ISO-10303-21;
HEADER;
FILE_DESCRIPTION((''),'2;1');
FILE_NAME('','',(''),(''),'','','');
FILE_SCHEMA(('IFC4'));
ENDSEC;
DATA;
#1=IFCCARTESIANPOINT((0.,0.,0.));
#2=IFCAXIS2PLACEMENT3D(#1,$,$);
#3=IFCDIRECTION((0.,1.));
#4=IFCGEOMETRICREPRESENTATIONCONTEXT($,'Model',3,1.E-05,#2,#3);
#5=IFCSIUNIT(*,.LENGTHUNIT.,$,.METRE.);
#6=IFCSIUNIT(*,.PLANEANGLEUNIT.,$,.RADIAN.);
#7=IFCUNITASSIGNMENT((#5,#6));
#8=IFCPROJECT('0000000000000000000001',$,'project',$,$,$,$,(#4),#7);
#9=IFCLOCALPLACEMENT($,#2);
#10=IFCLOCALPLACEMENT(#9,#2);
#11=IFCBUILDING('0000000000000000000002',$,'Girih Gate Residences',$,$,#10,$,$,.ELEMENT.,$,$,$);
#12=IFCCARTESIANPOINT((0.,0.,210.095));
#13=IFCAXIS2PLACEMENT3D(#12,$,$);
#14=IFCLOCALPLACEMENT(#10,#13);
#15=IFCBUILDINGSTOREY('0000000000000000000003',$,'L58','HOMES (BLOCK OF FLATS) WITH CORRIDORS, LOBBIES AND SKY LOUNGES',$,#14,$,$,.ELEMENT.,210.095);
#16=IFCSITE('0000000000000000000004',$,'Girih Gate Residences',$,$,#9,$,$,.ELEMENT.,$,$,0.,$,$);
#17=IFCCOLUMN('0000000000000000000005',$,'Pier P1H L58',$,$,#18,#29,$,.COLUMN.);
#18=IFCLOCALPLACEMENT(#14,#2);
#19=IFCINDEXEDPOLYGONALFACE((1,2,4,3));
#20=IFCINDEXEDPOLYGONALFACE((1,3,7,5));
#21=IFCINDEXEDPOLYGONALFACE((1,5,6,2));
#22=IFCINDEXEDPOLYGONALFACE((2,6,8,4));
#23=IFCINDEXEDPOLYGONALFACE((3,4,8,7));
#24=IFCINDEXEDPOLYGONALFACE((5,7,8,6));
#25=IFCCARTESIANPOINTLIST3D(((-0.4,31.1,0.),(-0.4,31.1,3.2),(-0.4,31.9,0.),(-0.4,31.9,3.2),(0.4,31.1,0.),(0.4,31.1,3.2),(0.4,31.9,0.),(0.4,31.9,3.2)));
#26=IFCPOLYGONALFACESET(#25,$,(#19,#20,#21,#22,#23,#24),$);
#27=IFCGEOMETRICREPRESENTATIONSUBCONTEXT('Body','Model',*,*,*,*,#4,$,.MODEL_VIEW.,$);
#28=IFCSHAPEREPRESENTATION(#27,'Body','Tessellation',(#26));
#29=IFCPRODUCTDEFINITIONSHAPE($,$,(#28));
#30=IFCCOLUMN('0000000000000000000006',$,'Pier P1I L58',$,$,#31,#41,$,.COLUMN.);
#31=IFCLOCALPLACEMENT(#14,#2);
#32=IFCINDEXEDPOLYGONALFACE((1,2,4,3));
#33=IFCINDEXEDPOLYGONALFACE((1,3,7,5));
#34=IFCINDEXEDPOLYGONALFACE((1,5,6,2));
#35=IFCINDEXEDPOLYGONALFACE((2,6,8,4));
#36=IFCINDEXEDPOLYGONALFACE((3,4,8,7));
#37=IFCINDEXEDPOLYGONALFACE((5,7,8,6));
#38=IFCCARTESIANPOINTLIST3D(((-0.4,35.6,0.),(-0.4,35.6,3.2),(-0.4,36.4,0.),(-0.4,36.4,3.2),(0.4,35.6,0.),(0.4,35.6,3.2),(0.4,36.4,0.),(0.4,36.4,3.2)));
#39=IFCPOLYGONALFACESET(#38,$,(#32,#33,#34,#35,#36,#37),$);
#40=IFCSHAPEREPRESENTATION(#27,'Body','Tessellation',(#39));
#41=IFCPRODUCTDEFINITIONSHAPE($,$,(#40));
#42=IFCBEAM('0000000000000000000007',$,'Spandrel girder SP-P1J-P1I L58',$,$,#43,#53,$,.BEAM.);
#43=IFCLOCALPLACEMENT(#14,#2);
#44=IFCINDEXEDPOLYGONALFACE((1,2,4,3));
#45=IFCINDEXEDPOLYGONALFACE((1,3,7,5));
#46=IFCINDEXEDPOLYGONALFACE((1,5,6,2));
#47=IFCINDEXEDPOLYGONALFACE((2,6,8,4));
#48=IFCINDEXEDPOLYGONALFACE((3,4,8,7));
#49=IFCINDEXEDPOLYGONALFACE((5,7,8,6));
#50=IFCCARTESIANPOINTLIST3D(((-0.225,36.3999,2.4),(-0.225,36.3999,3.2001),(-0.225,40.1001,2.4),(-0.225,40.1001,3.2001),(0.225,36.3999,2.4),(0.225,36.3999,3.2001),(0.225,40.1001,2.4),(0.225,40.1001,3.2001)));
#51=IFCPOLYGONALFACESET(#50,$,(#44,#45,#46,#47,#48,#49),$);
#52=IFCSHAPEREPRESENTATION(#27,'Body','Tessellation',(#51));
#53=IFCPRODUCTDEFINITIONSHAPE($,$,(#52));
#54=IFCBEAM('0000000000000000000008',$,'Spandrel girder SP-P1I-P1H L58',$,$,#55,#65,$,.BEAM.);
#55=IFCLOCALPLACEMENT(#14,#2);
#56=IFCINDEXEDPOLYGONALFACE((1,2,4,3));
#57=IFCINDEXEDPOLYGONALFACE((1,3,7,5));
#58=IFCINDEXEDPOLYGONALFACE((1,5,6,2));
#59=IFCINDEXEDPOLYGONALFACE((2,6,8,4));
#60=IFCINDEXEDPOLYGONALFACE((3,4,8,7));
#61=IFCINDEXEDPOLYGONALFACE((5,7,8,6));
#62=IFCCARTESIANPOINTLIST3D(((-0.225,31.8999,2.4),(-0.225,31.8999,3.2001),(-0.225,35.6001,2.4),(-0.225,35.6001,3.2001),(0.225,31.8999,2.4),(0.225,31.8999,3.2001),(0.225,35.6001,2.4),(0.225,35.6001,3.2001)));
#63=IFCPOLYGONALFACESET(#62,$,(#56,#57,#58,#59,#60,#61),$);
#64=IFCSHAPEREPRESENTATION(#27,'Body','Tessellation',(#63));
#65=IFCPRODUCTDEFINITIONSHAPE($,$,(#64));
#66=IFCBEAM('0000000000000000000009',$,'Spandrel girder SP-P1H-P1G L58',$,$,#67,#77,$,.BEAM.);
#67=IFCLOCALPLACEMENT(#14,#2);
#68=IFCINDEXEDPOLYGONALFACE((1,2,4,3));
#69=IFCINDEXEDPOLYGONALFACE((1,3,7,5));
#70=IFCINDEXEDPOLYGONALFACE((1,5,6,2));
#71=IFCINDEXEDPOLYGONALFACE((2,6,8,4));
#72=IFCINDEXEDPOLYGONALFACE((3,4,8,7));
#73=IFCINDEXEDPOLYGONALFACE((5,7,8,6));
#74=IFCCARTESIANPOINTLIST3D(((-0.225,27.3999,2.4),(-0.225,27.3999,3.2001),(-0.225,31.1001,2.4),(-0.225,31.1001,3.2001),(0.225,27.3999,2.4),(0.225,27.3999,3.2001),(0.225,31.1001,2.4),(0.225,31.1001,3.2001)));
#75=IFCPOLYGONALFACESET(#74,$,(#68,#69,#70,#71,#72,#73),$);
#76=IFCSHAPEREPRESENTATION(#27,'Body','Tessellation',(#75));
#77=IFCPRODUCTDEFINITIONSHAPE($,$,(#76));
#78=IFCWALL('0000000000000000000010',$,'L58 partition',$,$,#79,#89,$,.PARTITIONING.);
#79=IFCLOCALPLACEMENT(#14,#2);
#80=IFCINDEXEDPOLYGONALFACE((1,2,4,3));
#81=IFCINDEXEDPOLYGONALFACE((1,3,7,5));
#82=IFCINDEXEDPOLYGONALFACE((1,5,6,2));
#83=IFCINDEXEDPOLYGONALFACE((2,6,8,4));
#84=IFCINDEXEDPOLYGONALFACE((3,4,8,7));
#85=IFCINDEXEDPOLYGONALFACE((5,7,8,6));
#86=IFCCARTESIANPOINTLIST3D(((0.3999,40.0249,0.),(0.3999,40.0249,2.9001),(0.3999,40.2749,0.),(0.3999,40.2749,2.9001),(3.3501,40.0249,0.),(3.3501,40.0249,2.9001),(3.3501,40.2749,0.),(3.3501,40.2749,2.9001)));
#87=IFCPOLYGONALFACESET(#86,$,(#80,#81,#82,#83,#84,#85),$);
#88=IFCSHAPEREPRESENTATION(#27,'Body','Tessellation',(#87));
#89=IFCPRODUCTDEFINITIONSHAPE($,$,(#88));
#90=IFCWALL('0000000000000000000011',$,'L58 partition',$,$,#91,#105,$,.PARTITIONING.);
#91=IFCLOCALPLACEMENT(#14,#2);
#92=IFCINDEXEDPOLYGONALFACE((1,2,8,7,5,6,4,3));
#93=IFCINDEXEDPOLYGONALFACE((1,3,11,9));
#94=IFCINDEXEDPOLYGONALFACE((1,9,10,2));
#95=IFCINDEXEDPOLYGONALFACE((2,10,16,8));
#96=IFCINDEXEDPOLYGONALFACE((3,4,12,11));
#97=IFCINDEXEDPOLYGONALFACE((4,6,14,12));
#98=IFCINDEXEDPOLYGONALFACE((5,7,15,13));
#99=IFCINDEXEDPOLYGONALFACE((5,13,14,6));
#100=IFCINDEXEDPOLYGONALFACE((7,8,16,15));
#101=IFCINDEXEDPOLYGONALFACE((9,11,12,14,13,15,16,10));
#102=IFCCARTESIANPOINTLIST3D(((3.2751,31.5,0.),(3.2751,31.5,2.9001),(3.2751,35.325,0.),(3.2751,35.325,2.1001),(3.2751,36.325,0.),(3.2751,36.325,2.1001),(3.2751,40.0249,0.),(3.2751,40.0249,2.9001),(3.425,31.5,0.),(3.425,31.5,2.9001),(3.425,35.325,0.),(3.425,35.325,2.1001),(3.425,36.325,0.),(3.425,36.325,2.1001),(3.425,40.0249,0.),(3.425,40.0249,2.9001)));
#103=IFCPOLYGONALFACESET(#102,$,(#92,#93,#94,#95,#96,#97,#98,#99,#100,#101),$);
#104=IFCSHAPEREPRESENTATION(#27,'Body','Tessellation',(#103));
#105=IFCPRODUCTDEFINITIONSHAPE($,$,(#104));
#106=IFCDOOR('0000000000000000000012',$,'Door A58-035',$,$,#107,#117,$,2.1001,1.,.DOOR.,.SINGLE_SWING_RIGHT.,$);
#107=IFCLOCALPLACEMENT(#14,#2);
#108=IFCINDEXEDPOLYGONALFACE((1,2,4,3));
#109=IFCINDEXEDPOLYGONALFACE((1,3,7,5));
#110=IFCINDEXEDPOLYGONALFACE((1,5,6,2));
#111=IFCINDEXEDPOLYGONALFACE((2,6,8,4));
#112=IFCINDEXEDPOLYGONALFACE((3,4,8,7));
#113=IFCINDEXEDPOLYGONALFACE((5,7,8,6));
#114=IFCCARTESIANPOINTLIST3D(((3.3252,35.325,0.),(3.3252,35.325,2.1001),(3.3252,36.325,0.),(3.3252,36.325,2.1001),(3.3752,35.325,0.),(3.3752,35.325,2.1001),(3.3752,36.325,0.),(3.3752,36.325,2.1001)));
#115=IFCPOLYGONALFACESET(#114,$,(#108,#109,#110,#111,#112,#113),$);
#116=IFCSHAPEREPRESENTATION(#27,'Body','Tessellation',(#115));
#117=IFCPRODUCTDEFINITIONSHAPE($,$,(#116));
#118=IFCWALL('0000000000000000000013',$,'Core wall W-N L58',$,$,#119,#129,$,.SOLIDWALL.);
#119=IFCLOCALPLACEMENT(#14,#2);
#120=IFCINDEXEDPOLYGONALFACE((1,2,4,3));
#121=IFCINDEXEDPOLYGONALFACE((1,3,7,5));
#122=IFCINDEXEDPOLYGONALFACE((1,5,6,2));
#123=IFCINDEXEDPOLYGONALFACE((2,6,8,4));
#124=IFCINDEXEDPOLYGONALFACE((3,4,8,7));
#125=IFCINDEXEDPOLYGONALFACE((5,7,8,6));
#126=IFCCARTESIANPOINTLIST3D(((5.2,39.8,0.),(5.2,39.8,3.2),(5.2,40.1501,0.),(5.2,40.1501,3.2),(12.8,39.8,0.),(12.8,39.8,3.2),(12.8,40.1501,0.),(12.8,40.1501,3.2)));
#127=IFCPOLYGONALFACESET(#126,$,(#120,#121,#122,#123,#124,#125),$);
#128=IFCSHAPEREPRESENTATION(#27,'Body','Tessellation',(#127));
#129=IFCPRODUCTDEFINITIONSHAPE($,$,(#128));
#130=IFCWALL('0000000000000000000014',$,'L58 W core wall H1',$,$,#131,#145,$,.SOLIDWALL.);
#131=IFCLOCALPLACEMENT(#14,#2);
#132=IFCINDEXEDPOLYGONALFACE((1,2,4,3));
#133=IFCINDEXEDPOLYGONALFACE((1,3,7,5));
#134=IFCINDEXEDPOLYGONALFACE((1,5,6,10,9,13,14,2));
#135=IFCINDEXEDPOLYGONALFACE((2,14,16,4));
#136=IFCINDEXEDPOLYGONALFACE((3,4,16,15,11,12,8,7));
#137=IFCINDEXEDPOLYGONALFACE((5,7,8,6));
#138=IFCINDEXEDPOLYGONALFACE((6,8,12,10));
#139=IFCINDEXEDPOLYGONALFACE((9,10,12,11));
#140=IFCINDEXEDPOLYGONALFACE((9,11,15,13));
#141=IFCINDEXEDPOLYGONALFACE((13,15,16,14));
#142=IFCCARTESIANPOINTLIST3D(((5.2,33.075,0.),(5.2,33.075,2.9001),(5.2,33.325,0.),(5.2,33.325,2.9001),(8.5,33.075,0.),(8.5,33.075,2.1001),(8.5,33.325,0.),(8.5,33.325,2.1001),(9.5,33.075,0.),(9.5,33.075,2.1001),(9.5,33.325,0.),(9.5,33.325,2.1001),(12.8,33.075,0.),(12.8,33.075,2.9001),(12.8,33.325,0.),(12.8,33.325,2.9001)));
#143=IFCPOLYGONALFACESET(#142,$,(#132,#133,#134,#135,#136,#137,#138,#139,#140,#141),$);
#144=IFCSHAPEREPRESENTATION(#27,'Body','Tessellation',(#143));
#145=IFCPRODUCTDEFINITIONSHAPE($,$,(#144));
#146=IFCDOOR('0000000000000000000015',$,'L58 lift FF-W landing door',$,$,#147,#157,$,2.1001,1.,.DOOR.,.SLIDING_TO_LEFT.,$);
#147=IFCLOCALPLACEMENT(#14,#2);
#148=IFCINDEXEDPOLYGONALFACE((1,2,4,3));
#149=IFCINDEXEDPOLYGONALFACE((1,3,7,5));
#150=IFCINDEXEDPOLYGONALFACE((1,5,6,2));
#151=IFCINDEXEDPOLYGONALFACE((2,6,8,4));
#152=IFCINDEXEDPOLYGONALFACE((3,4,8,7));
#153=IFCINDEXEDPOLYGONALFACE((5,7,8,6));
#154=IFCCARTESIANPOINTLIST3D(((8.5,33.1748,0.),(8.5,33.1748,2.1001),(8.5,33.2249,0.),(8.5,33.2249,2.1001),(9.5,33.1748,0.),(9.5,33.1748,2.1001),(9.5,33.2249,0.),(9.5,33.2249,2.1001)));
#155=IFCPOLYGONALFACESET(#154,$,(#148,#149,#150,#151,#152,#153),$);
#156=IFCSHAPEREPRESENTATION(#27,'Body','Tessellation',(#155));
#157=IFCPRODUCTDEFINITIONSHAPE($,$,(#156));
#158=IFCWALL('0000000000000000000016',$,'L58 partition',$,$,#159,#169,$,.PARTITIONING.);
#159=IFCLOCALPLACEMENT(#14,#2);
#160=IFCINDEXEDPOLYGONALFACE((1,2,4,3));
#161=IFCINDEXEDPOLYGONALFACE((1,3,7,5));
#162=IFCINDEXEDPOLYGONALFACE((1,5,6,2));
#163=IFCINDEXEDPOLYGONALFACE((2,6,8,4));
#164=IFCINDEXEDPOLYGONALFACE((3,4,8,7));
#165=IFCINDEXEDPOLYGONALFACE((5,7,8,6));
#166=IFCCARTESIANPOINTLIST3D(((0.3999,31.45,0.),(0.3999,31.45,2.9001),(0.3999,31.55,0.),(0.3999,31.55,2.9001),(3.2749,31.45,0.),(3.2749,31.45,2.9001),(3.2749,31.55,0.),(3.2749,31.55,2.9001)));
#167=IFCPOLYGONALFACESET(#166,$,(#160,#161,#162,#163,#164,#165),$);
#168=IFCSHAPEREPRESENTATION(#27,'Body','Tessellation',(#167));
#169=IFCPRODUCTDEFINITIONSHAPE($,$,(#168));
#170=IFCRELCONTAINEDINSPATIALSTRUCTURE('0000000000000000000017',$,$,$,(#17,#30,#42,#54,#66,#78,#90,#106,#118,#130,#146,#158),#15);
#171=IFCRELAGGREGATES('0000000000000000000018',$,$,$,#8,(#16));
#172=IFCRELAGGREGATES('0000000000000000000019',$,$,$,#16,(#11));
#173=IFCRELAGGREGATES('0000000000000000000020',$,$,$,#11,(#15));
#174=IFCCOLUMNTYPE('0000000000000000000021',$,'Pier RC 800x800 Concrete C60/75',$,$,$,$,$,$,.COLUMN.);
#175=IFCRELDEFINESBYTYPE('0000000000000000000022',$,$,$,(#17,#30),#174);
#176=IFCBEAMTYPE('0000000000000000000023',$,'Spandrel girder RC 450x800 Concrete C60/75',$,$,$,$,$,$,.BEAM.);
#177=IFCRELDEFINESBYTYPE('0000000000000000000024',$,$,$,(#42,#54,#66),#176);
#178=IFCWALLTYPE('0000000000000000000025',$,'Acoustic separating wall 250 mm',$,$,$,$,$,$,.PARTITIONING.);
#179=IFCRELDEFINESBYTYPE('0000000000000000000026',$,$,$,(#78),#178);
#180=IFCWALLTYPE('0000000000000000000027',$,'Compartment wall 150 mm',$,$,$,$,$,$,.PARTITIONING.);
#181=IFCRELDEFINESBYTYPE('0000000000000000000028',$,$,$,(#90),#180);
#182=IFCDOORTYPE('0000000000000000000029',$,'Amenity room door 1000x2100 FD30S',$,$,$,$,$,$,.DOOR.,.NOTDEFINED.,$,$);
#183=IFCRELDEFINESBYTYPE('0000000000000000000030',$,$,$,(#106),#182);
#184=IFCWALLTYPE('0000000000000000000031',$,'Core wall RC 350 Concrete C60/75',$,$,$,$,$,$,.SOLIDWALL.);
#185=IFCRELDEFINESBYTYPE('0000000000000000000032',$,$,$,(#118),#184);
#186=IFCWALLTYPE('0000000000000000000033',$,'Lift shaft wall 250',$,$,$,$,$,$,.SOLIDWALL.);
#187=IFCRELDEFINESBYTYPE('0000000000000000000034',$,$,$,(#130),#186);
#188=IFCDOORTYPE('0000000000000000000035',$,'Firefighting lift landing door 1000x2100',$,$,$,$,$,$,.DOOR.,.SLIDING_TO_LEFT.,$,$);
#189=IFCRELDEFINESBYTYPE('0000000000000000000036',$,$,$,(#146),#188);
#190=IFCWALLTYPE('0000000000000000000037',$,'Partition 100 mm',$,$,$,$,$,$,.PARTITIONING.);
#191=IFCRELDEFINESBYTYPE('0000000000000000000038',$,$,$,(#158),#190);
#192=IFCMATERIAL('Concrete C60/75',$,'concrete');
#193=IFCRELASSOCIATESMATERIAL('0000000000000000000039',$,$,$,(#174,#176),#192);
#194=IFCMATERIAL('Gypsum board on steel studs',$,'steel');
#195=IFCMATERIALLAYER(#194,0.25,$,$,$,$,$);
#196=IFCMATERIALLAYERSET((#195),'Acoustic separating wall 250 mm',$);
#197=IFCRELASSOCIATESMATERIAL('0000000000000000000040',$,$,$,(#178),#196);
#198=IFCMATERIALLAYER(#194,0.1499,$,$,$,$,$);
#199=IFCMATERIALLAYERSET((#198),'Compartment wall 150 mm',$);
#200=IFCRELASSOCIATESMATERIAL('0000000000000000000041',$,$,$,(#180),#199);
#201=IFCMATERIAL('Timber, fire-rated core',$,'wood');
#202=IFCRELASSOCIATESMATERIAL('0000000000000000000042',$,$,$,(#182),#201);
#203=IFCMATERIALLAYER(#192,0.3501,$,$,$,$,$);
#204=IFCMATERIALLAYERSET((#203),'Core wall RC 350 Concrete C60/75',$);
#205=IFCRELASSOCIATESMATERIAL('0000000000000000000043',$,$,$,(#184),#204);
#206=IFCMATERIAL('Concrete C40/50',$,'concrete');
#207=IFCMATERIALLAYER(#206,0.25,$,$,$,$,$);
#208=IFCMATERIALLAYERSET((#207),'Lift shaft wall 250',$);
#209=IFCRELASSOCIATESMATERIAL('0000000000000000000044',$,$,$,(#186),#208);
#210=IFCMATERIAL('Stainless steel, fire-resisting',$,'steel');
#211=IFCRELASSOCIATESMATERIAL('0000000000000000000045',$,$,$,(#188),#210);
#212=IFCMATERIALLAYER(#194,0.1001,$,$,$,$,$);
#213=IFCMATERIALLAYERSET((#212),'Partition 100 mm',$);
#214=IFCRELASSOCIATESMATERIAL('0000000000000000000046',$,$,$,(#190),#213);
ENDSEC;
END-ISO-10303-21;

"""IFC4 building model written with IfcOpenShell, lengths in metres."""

from ifc_helpers import new_model, si_unit, direction, frame, frame_2d, origin, origin_2d, place, context, subcontext, project, spatial, rectangle, extrude, material, layer, layer_set, material_profile, profile_set, type_object, element, fill, save


model = new_model("IFC4")

# Units and contexts
model_context = context("Model", 3, precision=1e-05, world=origin(), true_north=direction((0.0, 1.0)))
body_context = subcontext(model_context, "Body", "Model", "MODEL_VIEW")
ifc_project = project(units=[si_unit("LENGTHUNIT", "METRE"), si_unit("PLANEANGLEUNIT", "RADIAN")], contexts=[model_context])

# Site, building, storey
site_placement = place(None, origin())
site = spatial("IfcSite", under=ifc_project, at=site_placement, Name="Girih Gate Residences", CompositionType="ELEMENT", RefElevation=0.0)
building_placement = place(site_placement, origin())
building = spatial("IfcBuilding", under=site, at=building_placement, Name="Girih Gate Residences", CompositionType="ELEMENT")
storey_placement = place(building_placement, frame((0.0, 0.0, 210.095)))
storey = spatial("IfcBuildingStorey", under=building, at=storey_placement, Name="L58", Description="HOMES (BLOCK OF FLATS) WITH CORRIDORS, LOBBIES AND SKY LOUNGES", CompositionType="ELEMENT", Elevation=210.095)

# Columns
ifc_material_1 = material(Name="Concrete C60/75", Category="concrete")
ifc_material_profile_1 = material_profile(ifc_material_1, rectangle(XDim=0.8, YDim=0.8, at=origin_2d()))
ifc_profile_set_1 = profile_set([ifc_material_profile_1], Name="Concrete C60/75")
column_type = type_object("IfcColumnType", Name="Pier RC 800x800 Concrete C60/75", PredefinedType="COLUMN", material=ifc_profile_set_1)
for number, where, z_axis, x_axis, name in (
    (1, (0.0, 31.5, 0.0), (0.0, 0.0, 1.0), (1.0, 0.0, 0.0), "Pier P1H L58"),
    (2, (0.0, 36.0, 0.0), (0.0, 0.0, 1.0), (1.0, 0.0, 0.0), "Pier P1I L58"),
):
    element("IfcColumn", number, at=place(storey_placement, frame(where, z_axis=z_axis, x_axis=x_axis)), inside=storey, type_object=column_type, Name=name, PredefinedType="COLUMN", context=body_context, shape_type="SweptSolid", body=[
        extrude(rectangle(XDim=0.8, YDim=0.8, at=origin_2d()), origin(), (0.0, 0.0, 1.0), 3.2),
    ])

# Beams
ifc_material_profile_2 = material_profile(ifc_material_1, rectangle(XDim=0.45, YDim=0.8, at=origin_2d()))
ifc_profile_set_2 = profile_set([ifc_material_profile_2], Name="Concrete C60/75")
beam_type = type_object("IfcBeamType", Name="Spandrel girder RC 450x800 Concrete C60/75", PredefinedType="BEAM", material=ifc_profile_set_2)
for number, where, z_axis, x_axis, name in (
    (3, (0.0, 40.1001, 2.8), (0.0, -1.0, 0.0), (1.0, 0.0, 0.0), "Spandrel girder SP-P1J-P1I L58"),
    (4, (0.0, 35.6001, 2.8), (0.0, -1.0, 0.0), (1.0, 0.0, 0.0), "Spandrel girder SP-P1I-P1H L58"),
    (5, (0.0, 31.1001, 2.8), (0.0, -1.0, 0.0), (1.0, 0.0, 0.0), "Spandrel girder SP-P1H-P1G L58"),
):
    element("IfcBeam", number, at=place(storey_placement, frame(where, z_axis=z_axis, x_axis=x_axis)), inside=storey, type_object=beam_type, Name=name, PredefinedType="BEAM", context=body_context, shape_type="SweptSolid", body=[
        extrude(rectangle(XDim=0.45, YDim=0.8, at=origin_2d()), origin(), (0.0, 0.0, 1.0), 3.7002),
    ])

# Wall
ifc_material_2 = material(Name="Gypsum board on steel studs", Category="steel")
ifc_layer_1 = layer(ifc_material_2, 0.25)
ifc_layer_set_1 = layer_set([ifc_layer_1], Name="Acoustic separating wall 250 mm")
wall_type_1 = type_object("IfcWallType", Name="Acoustic separating wall 250 mm", PredefinedType="PARTITIONING", material=ifc_layer_set_1)
wall_1_placement = place(storey_placement, frame((0.3999, 40.1499, 0.0), z_axis=(0.0, 0.0, 1.0), x_axis=(1.0, 0.0, 0.0)))
element("IfcWall", 6, at=wall_1_placement, inside=storey, type_object=wall_type_1, Name="L58 partition", PredefinedType="PARTITIONING", context=body_context, shape_type="SweptSolid", body=[
    extrude(rectangle(XDim=2.9502, YDim=0.25, at=frame_2d((1.4751, 0.0))), origin(), (0.0, 0.0, 1.0), 2.9001),
])

# Wall, opening, door
ifc_layer_2 = layer(ifc_material_2, 0.1499)
ifc_layer_set_2 = layer_set([ifc_layer_2], Name="Compartment wall 150 mm")
wall_type_2 = type_object("IfcWallType", Name="Compartment wall 150 mm", PredefinedType="PARTITIONING", material=ifc_layer_set_2)
ifc_material_3 = material(Name="Timber, fire-rated core", Category="wood")
wall_2_placement = place(storey_placement, frame((3.3501, 31.5, 0.0), z_axis=(0.0, 0.0, 1.0), x_axis=(0.0, 1.0, 0.0)))
wall_2 = element("IfcWall", 7, at=wall_2_placement, inside=storey, type_object=wall_type_2, Name="L58 partition", PredefinedType="PARTITIONING", context=body_context, shape_type="SweptSolid", body=[
    extrude(rectangle(XDim=8.5249, YDim=0.1499, at=frame_2d((4.2625, 0.0))), origin(), (0.0, 0.0, 1.0), 2.9001),
])
opening_1_placement = place(wall_2_placement, frame((3.825, 0.0, 0.0)))
opening_1 = element("IfcOpeningElement", 8, at=opening_1_placement, cuts=wall_2, PredefinedType="OPENING", context=body_context, shape_type="SweptSolid", body=[
    extrude(rectangle(XDim=1.0, YDim=2.1001, at=frame_2d((0.5, 1.05))), frame((0.0, 0.085, 0.0), z_axis=(0.0, -1.0, 0.0), x_axis=(1.0, 0.0, 0.0)), (0.0, 0.0, 1.0), 0.1699),
])
door_type_1 = type_object("IfcDoorType", Name="Amenity room door 1000x2100 FD30S", OperationType="NOTDEFINED", PredefinedType="DOOR", material=ifc_material_3)
door_1_placement = place(opening_1_placement, origin())
door_1 = element("IfcDoor", 9, at=door_1_placement, inside=storey, type_object=door_type_1, Name="Door A58-035", OperationType="SINGLE_SWING_RIGHT", OverallHeight=2.1001, OverallWidth=1.0, PredefinedType="DOOR", context=body_context, shape_type="SweptSolid", body=[
    extrude(rectangle(XDim=1.0, YDim=2.1001, at=frame_2d((0.5, 1.05))), frame((0.0, 0.0249, 0.0), z_axis=(0.0, -1.0, 0.0), x_axis=(1.0, 0.0, 0.0)), (0.0, 0.0, 1.0), 0.05),
])
fill(opening_1, door_1)

# Wall
ifc_layer_3 = layer(ifc_material_1, 0.3501)
ifc_layer_set_3 = layer_set([ifc_layer_3], Name="Core wall RC 350 Concrete C60/75")
wall_type_3 = type_object("IfcWallType", Name="Core wall RC 350 Concrete C60/75", PredefinedType="SOLIDWALL", material=ifc_layer_set_3)
wall_3_placement = place(storey_placement, frame((5.2, 39.9751, 0.0), z_axis=(0.0, 0.0, 1.0), x_axis=(1.0, 0.0, 0.0)))
element("IfcWall", 10, at=wall_3_placement, inside=storey, type_object=wall_type_3, Name="Core wall W-N L58", PredefinedType="SOLIDWALL", context=body_context, shape_type="SweptSolid", body=[
    extrude(rectangle(XDim=7.6001, YDim=0.3501, at=frame_2d((3.8, 0.0))), origin(), (0.0, 0.0, 1.0), 3.2),
])

# Wall, opening, door
ifc_material_4 = material(Name="Concrete C40/50", Category="concrete")
ifc_layer_4 = layer(ifc_material_4, 0.25)
ifc_layer_set_4 = layer_set([ifc_layer_4], Name="Lift shaft wall 250")
wall_type_4 = type_object("IfcWallType", Name="Lift shaft wall 250", PredefinedType="SOLIDWALL", material=ifc_layer_set_4)
wall_4_placement = place(storey_placement, frame((5.2, 33.2, 0.0), z_axis=(0.0, 0.0, 1.0), x_axis=(1.0, 0.0, 0.0)))
wall_4 = element("IfcWall", 11, at=wall_4_placement, inside=storey, type_object=wall_type_4, Name="L58 W core wall H1", PredefinedType="SOLIDWALL", context=body_context, shape_type="SweptSolid", body=[
    extrude(rectangle(XDim=7.6001, YDim=0.25, at=frame_2d((3.8, 0.0))), origin(), (0.0, 0.0, 1.0), 2.9001),
])
opening_2_placement = place(wall_4_placement, frame((3.3, 0.0, 0.0)))
opening_2 = element("IfcOpeningElement", 12, at=opening_2_placement, cuts=wall_4, PredefinedType="OPENING", context=body_context, shape_type="SweptSolid", body=[
    extrude(rectangle(XDim=1.0, YDim=2.1001, at=frame_2d((0.5, 1.05))), frame((0.0, 0.135, 0.0), z_axis=(0.0, -1.0, 0.0), x_axis=(1.0, 0.0, 0.0)), (0.0, 0.0, 1.0), 0.27),
])
ifc_material_5 = material(Name="Stainless steel, fire-resisting", Category="steel")
door_type_2 = type_object("IfcDoorType", Name="Firefighting lift landing door 1000x2100", OperationType="SLIDING_TO_LEFT", PredefinedType="DOOR", material=ifc_material_5)
door_2_placement = place(opening_2_placement, origin())
door_2 = element("IfcDoor", 13, at=door_2_placement, inside=storey, type_object=door_type_2, Name="L58 lift FF-W landing door", OperationType="SLIDING_TO_LEFT", OverallHeight=2.1001, OverallWidth=1.0, PredefinedType="DOOR", context=body_context, shape_type="SweptSolid", body=[
    extrude(rectangle(XDim=1.0, YDim=2.1001, at=frame_2d((0.5, 1.05))), frame((0.0, 0.0249, 0.0), z_axis=(0.0, -1.0, 0.0), x_axis=(1.0, 0.0, 0.0)), (0.0, 0.0, 1.0), 0.05),
])
fill(opening_2, door_2)

# Wall
ifc_layer_5 = layer(ifc_material_2, 0.1001)
ifc_layer_set_5 = layer_set([ifc_layer_5], Name="Partition 100 mm")
wall_type_5 = type_object("IfcWallType", Name="Partition 100 mm", PredefinedType="PARTITIONING", material=ifc_layer_set_5)
wall_5_placement = place(storey_placement, frame((0.3999, 31.5, 0.0), z_axis=(0.0, 0.0, 1.0), x_axis=(1.0, 0.0, 0.0)))
element("IfcWall", 14, at=wall_5_placement, inside=storey, type_object=wall_type_5, Name="L58 partition", PredefinedType="PARTITIONING", context=body_context, shape_type="SweptSolid", body=[
    extrude(rectangle(XDim=2.875, YDim=0.1001, at=frame_2d((1.4375, 0.0))), origin(), (0.0, 0.0, 1.0), 2.9001),
])

save(model, "model.ifc")
